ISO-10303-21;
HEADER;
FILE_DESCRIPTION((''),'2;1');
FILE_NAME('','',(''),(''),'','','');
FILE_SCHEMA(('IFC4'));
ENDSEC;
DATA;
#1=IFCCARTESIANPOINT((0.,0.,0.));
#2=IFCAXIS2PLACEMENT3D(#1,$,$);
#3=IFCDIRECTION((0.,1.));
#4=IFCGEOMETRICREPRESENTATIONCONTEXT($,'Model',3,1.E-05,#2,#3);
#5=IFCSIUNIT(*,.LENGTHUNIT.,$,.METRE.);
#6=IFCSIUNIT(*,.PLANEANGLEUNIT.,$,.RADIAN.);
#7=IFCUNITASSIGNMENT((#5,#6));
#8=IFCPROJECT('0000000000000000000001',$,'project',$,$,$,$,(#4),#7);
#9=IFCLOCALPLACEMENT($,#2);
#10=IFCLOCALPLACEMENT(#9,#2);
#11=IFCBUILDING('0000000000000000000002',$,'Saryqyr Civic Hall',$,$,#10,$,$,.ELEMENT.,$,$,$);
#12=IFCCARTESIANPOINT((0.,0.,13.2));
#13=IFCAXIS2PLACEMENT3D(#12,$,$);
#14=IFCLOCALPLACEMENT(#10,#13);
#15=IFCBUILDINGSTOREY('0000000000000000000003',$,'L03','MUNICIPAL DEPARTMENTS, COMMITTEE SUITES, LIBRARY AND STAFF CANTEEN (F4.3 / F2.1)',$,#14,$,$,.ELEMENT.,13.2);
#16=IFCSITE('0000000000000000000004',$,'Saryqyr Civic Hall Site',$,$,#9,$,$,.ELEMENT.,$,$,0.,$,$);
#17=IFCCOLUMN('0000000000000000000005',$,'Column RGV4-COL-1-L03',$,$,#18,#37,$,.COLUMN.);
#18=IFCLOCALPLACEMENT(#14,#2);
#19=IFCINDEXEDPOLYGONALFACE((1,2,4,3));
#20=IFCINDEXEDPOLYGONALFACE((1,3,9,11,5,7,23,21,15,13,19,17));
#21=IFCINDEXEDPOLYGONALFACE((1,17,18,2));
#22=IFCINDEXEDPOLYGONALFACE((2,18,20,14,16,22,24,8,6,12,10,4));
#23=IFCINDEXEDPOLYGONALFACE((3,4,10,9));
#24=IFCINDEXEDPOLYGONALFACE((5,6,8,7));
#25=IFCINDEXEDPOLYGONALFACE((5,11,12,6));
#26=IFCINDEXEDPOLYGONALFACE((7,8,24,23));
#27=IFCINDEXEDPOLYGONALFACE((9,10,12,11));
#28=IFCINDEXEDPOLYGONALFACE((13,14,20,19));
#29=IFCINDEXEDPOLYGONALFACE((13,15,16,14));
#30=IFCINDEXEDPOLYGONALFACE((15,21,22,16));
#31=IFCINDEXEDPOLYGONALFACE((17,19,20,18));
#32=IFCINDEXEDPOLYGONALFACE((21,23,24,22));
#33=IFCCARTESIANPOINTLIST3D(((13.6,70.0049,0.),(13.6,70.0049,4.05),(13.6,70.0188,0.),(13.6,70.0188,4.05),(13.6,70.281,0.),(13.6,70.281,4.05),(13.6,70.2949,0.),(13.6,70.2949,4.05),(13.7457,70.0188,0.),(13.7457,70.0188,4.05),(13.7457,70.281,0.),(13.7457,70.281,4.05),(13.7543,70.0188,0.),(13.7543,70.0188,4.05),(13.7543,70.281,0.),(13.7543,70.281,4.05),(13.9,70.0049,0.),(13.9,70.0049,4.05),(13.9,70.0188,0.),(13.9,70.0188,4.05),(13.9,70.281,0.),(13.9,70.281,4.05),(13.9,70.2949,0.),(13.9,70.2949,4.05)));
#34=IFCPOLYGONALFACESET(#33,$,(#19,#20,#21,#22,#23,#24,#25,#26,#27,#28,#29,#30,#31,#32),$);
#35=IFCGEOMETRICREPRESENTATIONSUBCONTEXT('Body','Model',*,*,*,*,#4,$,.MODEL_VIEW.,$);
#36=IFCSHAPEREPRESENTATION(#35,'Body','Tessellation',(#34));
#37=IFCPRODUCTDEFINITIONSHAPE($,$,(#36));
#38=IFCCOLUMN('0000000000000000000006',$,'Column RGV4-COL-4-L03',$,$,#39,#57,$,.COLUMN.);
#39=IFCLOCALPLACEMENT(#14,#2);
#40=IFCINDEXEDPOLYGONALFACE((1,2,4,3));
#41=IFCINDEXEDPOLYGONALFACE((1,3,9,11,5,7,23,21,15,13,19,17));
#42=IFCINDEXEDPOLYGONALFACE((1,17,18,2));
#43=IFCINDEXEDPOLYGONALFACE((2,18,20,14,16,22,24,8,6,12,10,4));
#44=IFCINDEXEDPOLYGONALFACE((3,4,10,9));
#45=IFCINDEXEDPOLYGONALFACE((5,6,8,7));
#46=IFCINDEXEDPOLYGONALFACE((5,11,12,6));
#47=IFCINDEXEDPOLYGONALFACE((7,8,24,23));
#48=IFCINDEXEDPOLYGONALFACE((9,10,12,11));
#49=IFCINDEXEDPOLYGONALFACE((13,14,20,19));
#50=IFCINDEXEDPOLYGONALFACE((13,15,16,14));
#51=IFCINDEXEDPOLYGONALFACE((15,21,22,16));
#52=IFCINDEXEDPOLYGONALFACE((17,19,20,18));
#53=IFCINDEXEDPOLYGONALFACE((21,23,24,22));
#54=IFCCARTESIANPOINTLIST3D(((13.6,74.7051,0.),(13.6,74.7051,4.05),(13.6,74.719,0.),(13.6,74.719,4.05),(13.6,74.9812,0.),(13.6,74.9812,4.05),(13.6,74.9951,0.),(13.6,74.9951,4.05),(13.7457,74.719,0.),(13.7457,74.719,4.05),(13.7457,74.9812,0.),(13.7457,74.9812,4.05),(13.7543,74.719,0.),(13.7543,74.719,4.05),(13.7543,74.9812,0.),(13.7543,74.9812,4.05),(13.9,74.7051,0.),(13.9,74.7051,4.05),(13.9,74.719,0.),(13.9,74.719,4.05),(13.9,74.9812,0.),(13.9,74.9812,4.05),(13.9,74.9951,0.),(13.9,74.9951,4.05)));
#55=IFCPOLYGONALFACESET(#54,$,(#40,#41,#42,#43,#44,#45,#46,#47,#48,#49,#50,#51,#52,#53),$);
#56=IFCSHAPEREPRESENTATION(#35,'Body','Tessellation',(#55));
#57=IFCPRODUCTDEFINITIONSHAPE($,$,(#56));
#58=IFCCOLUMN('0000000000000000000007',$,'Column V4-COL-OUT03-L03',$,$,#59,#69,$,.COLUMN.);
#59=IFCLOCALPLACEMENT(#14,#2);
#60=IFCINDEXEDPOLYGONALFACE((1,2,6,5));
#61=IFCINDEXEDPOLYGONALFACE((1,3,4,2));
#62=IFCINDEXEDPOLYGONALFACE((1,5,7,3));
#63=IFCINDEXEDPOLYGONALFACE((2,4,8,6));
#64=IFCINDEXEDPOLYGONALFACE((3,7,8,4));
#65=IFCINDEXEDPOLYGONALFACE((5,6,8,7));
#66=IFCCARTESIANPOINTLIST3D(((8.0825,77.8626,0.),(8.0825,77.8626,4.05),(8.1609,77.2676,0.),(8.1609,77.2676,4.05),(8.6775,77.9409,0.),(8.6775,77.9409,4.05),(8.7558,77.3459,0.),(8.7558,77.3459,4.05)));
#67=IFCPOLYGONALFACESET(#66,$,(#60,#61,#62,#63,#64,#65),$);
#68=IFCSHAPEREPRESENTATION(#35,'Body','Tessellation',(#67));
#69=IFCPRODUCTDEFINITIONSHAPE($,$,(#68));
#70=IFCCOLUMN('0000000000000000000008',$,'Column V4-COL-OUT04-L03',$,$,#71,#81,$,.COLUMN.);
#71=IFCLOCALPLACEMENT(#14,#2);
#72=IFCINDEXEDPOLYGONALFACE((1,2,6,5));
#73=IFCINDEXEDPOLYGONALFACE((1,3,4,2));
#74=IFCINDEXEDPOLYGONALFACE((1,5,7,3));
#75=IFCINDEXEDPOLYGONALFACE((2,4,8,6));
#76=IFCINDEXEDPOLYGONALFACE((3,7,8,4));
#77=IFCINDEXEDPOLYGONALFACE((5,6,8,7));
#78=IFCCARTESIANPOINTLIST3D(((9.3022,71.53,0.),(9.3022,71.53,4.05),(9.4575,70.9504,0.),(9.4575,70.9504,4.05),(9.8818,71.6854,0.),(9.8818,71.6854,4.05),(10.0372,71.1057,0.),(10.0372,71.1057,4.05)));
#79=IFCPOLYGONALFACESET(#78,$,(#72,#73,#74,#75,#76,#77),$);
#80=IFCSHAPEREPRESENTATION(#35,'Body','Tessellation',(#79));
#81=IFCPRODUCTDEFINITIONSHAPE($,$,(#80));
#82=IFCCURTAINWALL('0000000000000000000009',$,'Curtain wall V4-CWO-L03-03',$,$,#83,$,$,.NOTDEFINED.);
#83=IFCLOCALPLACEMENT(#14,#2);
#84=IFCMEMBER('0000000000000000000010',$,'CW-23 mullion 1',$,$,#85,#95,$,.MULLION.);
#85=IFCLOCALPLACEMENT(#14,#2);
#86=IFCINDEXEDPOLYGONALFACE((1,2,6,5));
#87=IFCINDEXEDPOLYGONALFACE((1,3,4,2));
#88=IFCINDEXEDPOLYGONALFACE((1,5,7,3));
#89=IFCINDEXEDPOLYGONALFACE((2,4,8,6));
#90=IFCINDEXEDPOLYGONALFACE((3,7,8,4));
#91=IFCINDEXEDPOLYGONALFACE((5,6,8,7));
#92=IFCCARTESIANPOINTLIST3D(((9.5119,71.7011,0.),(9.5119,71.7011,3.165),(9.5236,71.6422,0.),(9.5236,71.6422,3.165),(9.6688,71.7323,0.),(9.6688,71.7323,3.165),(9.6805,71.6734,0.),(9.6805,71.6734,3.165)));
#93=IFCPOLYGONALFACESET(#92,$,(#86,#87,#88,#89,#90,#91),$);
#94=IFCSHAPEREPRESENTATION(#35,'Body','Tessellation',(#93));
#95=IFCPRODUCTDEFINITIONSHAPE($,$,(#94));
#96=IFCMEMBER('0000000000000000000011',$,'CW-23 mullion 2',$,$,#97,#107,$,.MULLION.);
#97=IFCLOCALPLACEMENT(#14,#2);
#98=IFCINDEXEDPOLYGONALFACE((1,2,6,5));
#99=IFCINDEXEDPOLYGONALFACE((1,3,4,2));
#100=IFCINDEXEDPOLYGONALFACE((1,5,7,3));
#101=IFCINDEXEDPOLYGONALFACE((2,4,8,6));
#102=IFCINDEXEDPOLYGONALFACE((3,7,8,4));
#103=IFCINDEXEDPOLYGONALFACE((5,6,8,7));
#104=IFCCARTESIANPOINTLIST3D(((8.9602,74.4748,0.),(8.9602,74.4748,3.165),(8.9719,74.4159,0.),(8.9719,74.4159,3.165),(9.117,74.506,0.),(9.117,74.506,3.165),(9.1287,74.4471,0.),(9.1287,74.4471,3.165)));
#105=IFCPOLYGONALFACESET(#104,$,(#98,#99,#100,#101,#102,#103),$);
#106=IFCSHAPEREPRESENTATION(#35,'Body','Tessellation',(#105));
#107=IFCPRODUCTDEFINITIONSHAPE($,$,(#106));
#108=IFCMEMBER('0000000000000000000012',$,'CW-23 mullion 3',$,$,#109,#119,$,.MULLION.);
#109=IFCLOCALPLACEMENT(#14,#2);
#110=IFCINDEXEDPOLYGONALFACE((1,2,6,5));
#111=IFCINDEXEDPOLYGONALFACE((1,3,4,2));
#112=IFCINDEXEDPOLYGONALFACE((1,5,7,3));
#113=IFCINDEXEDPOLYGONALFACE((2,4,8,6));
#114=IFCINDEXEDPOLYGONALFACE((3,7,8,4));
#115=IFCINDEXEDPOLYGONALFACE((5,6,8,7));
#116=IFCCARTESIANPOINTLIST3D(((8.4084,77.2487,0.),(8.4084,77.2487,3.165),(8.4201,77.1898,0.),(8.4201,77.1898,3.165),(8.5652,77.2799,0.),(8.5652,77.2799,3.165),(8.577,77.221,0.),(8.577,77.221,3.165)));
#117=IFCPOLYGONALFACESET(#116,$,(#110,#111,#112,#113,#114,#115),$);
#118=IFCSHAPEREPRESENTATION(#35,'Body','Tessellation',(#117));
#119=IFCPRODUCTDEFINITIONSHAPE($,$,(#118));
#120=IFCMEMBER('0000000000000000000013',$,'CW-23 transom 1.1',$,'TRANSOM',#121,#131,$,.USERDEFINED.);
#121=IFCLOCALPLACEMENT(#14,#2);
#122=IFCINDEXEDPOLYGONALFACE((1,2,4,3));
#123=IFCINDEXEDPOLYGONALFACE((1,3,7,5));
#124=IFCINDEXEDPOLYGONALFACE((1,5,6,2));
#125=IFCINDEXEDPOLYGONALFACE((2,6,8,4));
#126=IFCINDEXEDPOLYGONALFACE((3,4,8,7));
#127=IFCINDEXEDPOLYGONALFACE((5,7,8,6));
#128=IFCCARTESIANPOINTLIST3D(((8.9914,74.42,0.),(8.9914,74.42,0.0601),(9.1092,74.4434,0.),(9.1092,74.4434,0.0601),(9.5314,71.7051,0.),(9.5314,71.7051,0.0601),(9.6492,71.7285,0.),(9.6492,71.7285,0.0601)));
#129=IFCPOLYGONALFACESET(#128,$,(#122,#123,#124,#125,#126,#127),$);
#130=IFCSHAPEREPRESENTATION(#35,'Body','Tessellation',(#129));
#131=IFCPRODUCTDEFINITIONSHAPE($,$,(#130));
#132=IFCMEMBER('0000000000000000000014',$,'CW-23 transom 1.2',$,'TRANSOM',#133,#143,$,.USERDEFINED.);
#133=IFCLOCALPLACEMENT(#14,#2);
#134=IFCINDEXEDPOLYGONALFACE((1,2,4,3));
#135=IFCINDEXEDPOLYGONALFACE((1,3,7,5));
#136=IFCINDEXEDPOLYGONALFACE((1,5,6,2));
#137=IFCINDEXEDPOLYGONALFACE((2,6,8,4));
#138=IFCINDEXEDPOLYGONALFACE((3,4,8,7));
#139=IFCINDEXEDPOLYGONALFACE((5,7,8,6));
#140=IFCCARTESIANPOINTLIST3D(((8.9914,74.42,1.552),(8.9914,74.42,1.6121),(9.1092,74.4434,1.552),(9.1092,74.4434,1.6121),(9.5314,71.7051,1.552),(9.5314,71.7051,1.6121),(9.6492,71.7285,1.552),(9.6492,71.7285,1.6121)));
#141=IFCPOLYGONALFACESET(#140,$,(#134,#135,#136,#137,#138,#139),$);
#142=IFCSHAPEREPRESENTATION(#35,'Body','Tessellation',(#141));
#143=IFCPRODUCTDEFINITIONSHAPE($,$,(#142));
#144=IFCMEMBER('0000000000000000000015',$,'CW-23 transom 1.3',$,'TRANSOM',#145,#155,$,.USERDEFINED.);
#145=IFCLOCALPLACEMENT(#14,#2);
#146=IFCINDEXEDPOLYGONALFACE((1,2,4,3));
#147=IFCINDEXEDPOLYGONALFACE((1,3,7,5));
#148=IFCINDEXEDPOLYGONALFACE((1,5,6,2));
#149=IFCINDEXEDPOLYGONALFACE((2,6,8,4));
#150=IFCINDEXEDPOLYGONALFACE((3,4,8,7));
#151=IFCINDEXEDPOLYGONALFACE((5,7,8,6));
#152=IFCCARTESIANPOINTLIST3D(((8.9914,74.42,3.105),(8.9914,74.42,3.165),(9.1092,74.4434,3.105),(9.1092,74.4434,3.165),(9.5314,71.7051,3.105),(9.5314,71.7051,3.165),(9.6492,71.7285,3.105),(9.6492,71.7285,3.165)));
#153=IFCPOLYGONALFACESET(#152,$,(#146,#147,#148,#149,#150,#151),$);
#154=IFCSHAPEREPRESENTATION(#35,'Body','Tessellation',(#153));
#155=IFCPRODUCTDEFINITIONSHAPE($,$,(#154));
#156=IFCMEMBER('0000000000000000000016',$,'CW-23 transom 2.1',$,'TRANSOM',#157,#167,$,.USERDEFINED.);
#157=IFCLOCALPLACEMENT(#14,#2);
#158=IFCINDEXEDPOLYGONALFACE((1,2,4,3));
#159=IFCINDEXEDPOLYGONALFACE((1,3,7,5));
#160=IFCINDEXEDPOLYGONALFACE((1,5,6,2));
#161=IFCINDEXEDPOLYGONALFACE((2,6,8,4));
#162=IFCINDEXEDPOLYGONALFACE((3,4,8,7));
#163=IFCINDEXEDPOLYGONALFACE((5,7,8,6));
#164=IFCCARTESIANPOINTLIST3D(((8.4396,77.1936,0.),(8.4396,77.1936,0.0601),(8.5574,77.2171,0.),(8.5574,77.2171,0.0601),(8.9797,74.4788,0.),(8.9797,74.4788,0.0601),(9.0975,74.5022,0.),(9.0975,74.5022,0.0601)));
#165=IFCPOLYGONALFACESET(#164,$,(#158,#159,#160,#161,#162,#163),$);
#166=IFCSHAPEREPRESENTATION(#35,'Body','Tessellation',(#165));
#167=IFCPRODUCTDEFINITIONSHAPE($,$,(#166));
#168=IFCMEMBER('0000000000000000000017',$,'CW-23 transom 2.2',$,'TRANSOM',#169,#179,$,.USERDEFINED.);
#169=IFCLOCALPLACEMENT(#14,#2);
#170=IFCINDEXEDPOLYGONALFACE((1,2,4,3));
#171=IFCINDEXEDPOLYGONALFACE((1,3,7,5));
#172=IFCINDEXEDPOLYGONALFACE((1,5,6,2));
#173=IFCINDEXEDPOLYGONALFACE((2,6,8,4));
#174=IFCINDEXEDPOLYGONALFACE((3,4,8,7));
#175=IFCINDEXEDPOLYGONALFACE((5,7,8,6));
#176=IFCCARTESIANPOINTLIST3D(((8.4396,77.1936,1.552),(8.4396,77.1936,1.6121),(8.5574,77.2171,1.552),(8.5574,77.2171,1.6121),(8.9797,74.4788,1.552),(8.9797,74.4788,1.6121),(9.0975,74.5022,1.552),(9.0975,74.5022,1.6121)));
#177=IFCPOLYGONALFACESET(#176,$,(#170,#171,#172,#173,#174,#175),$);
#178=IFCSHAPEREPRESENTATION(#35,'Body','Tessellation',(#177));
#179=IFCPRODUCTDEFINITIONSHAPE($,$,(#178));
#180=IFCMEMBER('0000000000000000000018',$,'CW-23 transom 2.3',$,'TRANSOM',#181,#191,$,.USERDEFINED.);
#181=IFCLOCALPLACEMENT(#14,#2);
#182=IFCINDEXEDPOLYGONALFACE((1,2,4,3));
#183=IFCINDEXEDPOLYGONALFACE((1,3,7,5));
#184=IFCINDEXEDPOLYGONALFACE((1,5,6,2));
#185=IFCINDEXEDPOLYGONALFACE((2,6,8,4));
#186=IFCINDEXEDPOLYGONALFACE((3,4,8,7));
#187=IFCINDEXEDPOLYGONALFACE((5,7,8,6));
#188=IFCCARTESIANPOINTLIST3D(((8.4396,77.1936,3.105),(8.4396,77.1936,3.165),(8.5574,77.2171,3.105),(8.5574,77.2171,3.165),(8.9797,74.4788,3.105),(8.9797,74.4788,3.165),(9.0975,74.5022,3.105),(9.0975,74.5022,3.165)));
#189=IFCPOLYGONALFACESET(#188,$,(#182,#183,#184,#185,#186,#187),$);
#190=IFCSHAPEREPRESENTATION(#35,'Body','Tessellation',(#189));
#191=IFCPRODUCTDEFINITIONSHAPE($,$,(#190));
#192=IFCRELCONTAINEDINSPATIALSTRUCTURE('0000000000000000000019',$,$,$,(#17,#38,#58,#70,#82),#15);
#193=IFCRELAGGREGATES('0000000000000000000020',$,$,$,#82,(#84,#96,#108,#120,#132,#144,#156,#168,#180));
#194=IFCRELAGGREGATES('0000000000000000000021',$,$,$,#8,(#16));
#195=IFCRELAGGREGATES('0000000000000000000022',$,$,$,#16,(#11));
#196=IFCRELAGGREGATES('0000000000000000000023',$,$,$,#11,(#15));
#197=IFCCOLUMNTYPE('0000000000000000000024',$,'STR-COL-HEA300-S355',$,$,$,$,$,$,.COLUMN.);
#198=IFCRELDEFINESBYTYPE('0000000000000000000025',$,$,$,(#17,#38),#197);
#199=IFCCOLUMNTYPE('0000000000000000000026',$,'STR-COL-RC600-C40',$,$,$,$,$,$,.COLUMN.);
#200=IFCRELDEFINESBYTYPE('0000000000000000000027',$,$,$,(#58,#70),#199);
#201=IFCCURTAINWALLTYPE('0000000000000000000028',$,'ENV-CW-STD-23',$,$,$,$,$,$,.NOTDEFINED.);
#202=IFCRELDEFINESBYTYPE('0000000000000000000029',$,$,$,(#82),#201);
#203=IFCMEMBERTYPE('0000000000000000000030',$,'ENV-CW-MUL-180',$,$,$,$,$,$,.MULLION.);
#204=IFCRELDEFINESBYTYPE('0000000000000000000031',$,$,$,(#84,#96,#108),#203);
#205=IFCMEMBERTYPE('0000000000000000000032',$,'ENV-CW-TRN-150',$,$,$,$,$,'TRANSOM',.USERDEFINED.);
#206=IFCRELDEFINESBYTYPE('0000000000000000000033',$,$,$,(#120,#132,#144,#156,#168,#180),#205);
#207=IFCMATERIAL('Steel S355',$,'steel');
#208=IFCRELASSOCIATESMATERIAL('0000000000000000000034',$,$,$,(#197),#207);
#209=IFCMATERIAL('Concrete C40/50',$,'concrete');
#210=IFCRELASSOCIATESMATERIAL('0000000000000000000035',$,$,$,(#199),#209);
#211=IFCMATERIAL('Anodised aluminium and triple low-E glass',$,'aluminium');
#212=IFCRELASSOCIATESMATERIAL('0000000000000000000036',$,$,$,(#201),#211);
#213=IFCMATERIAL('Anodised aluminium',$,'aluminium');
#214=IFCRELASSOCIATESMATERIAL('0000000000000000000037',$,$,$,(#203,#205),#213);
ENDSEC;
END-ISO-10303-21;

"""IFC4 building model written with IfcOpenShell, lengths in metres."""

from ifc_helpers import new_model, si_unit, direction, frame, origin, origin_2d, place, context, subcontext, project, spatial, rectangle, i_section, extrude, material, material_profile, profile_set, type_object, element, aggregate, save


model = new_model("IFC4")

# Units and contexts
model_context = context("Model", 3, precision=1e-05, world=origin(), true_north=direction((0.0, 1.0)))
body_context = subcontext(model_context, "Body", "Model", "MODEL_VIEW")
ifc_project = project(units=[si_unit("LENGTHUNIT", "METRE"), si_unit("PLANEANGLEUNIT", "RADIAN")], contexts=[model_context])

# Site, building, storey
site_placement = place(None, origin())
site = spatial("IfcSite", under=ifc_project, at=site_placement, Name="Saryqyr Civic Hall Site", CompositionType="ELEMENT", RefElevation=0.0)
building_placement = place(site_placement, origin())
building = spatial("IfcBuilding", under=site, at=building_placement, Name="Saryqyr Civic Hall", CompositionType="ELEMENT")
storey_placement = place(building_placement, frame((0.0, 0.0, 13.2)))
storey = spatial("IfcBuildingStorey", under=building, at=storey_placement, Name="L03", Description="MUNICIPAL DEPARTMENTS, COMMITTEE SUITES, LIBRARY AND STAFF CANTEEN (F4.3 / F2.1)", CompositionType="ELEMENT", Elevation=13.2)

# Columns
ifc_material_1 = material(Name="Steel S355", Category="steel")
ifc_material_profile_1 = material_profile(ifc_material_1, i_section(OverallWidth=0.3, OverallDepth=0.29, WebThickness=0.0085, FlangeThickness=0.0139, at=origin_2d()), Name="HEA 300")
ifc_profile_set_1 = profile_set([ifc_material_profile_1], Name="Steel S355")
column_type_1 = type_object("IfcColumnType", Name="STR-COL-HEA300-S355", PredefinedType="COLUMN", material=ifc_profile_set_1)
for number, where, z_axis, x_axis, name in (
    (1, (13.75, 70.1499, 0.0), (0.0, 0.0, 1.0), (1.0, 0.0, 0.0), "Column RGV4-COL-1-L03"),
    (2, (13.75, 74.8501, 0.0), (0.0, 0.0, 1.0), (1.0, 0.0, 0.0), "Column RGV4-COL-4-L03"),
):
    element("IfcColumn", number, at=place(storey_placement, frame(where, z_axis=z_axis, x_axis=x_axis)), inside=storey, type_object=column_type_1, Name=name, PredefinedType="COLUMN", context=body_context, shape_type="SweptSolid", body=[
        extrude(i_section(OverallWidth=0.3, OverallDepth=0.29, WebThickness=0.0085, FlangeThickness=0.0139, at=origin_2d()), origin(), (0.0, 0.0, 1.0), 4.05),
    ])
ifc_material_2 = material(Name="Concrete C40/50", Category="concrete")
ifc_material_profile_2 = material_profile(ifc_material_2, rectangle(XDim=0.6001, YDim=0.6001, at=origin_2d()), Name="RC 600x600")
ifc_profile_set_2 = profile_set([ifc_material_profile_2], Name="Concrete C40/50")
column_type_2 = type_object("IfcColumnType", Name="STR-COL-RC600-C40", PredefinedType="COLUMN", material=ifc_profile_set_2)
for number, where, z_axis, x_axis, name in (
    (3, (8.4192, 77.6042, 0.0), (0.0, 0.0, 1.0), (-0.991445, -0.130526, 0.0), "Column V4-COL-OUT03-L03"),
    (4, (9.6697, 71.3179, 0.0), (0.0, 0.0, 1.0), (-0.965926, -0.258819, 0.0), "Column V4-COL-OUT04-L03"),
):
    element("IfcColumn", number, at=place(storey_placement, frame(where, z_axis=z_axis, x_axis=x_axis)), inside=storey, type_object=column_type_2, Name=name, PredefinedType="COLUMN", context=body_context, shape_type="SweptSolid", body=[
        extrude(rectangle(XDim=0.6001, YDim=0.6001, at=origin_2d()), origin(), (0.0, 0.0, 1.0), 4.05),
    ])

# Curtain wall, members
ifc_material_3 = material(Name="Anodised aluminium and triple low-E glass", Category="aluminium")
curtain_wall_type = type_object("IfcCurtainWallType", Name="ENV-CW-STD-23", PredefinedType="NOTDEFINED", material=ifc_material_3)
curtain_wall_placement = place(storey_placement, origin())
curtain_wall = element("IfcCurtainWall", 5, at=curtain_wall_placement, inside=storey, type_object=curtain_wall_type, Name="Curtain wall V4-CWO-L03-03", PredefinedType="NOTDEFINED")
ifc_material_4 = material(Name="Anodised aluminium", Category="aluminium")
ifc_material_profile_3 = material_profile(ifc_material_4, rectangle(XDim=0.0601, YDim=0.1599, at=origin_2d()), Name="ALU MULLION 60x160")
ifc_profile_set_3 = profile_set([ifc_material_profile_3], Name="Anodised aluminium")
member_type_1 = type_object("IfcMemberType", Name="ENV-CW-MUL-180", PredefinedType="MULLION", material=ifc_profile_set_3)
member_1_placement = place(storey_placement, frame((9.5962, 71.6873, 0.0), z_axis=(0.0, 0.0, 1.0), x_axis=(-0.195097, 0.980784, 0.0)))
member_1 = element("IfcMember", 6, at=member_1_placement, type_object=member_type_1, Name="CW-23 mullion 1", PredefinedType="MULLION", context=body_context, shape_type="SweptSolid", body=[
    extrude(rectangle(XDim=0.0601, YDim=0.1599, at=origin_2d()), origin(), (0.0, 0.0, 1.0), 3.165),
])
member_2_placement = place(storey_placement, frame((9.0444, 74.4609, 0.0), z_axis=(0.0, 0.0, 1.0), x_axis=(-0.195097, 0.980784, 0.0)))
member_2 = element("IfcMember", 7, at=member_2_placement, type_object=member_type_1, Name="CW-23 mullion 2", PredefinedType="MULLION", context=body_context, shape_type="SweptSolid", body=[
    extrude(rectangle(XDim=0.0601, YDim=0.1599, at=origin_2d()), origin(), (0.0, 0.0, 1.0), 3.165),
])
member_3_placement = place(storey_placement, frame((8.4927, 77.2349, 0.0), z_axis=(0.0, 0.0, 1.0), x_axis=(-0.195097, 0.980784, 0.0)))
member_3 = element("IfcMember", 8, at=member_3_placement, type_object=member_type_1, Name="CW-23 mullion 3", PredefinedType="MULLION", context=body_context, shape_type="SweptSolid", body=[
    extrude(rectangle(XDim=0.0601, YDim=0.1599, at=origin_2d()), origin(), (0.0, 0.0, 1.0), 3.165),
])
ifc_material_profile_4 = material_profile(ifc_material_4, rectangle(XDim=0.1201, YDim=0.0601, at=origin_2d()), Name="ALU TRANSOM 120x60")
ifc_profile_set_4 = profile_set([ifc_material_profile_4], Name="Anodised aluminium")
member_type_2 = type_object("IfcMemberType", Name="ENV-CW-TRN-150", ElementType="TRANSOM", PredefinedType="USERDEFINED", material=ifc_profile_set_4)
member_4_placement = place(storey_placement, frame((9.5903, 71.7168, 0.03), z_axis=(-0.195098, 0.980784, 0.0), x_axis=(-0.980784, -0.195098, 0.0)))
member_4 = element("IfcMember", 9, at=member_4_placement, type_object=member_type_2, Name="CW-23 transom 1.1", ObjectType="TRANSOM", PredefinedType="USERDEFINED", context=body_context, shape_type="SweptSolid", body=[
    extrude(rectangle(XDim=0.1201, YDim=0.0601, at=origin_2d()), origin(), (0.0, 0.0, 1.0), 2.7681),
])
member_5_placement = place(storey_placement, frame((9.5903, 71.7168, 1.582), z_axis=(-0.195098, 0.980784, 0.0), x_axis=(-0.980784, -0.195098, 0.0)))
member_5 = element("IfcMember", 10, at=member_5_placement, type_object=member_type_2, Name="CW-23 transom 1.2", ObjectType="TRANSOM", PredefinedType="USERDEFINED", context=body_context, shape_type="SweptSolid", body=[
    extrude(rectangle(XDim=0.1201, YDim=0.0601, at=origin_2d()), origin(), (0.0, 0.0, 1.0), 2.7681),
])
member_6_placement = place(storey_placement, frame((9.5903, 71.7168, 3.135), z_axis=(-0.195098, 0.980784, 0.0), x_axis=(-0.980784, -0.195098, 0.0)))
member_6 = element("IfcMember", 11, at=member_6_placement, type_object=member_type_2, Name="CW-23 transom 1.3", ObjectType="TRANSOM", PredefinedType="USERDEFINED", context=body_context, shape_type="SweptSolid", body=[
    extrude(rectangle(XDim=0.1201, YDim=0.0601, at=origin_2d()), origin(), (0.0, 0.0, 1.0), 2.7681),
])
member_7_placement = place(storey_placement, frame((9.0386, 74.4905, 0.03), z_axis=(-0.195098, 0.980784, 0.0), x_axis=(-0.980784, -0.195098, 0.0)))
member_7 = element("IfcMember", 12, at=member_7_placement, type_object=member_type_2, Name="CW-23 transom 2.1", ObjectType="TRANSOM", PredefinedType="USERDEFINED", context=body_context, shape_type="SweptSolid", body=[
    extrude(rectangle(XDim=0.1201, YDim=0.0601, at=origin_2d()), origin(), (0.0, 0.0, 1.0), 2.7681),
])
member_8_placement = place(storey_placement, frame((9.0386, 74.4905, 1.582), z_axis=(-0.195098, 0.980784, 0.0), x_axis=(-0.980784, -0.195098, 0.0)))
member_8 = element("IfcMember", 13, at=member_8_placement, type_object=member_type_2, Name="CW-23 transom 2.2", ObjectType="TRANSOM", PredefinedType="USERDEFINED", context=body_context, shape_type="SweptSolid", body=[
    extrude(rectangle(XDim=0.1201, YDim=0.0601, at=origin_2d()), origin(), (0.0, 0.0, 1.0), 2.7681),
])
member_9_placement = place(storey_placement, frame((9.0386, 74.4905, 3.135), z_axis=(-0.195098, 0.980784, 0.0), x_axis=(-0.980784, -0.195098, 0.0)))
member_9 = element("IfcMember", 14, at=member_9_placement, type_object=member_type_2, Name="CW-23 transom 2.3", ObjectType="TRANSOM", PredefinedType="USERDEFINED", context=body_context, shape_type="SweptSolid", body=[
    extrude(rectangle(XDim=0.1201, YDim=0.0601, at=origin_2d()), origin(), (0.0, 0.0, 1.0), 2.7681),
])

aggregate(curtain_wall, [member_1, member_2, member_3, member_4, member_5, member_6, member_7, member_8, member_9])

save(model, "model.ifc")
